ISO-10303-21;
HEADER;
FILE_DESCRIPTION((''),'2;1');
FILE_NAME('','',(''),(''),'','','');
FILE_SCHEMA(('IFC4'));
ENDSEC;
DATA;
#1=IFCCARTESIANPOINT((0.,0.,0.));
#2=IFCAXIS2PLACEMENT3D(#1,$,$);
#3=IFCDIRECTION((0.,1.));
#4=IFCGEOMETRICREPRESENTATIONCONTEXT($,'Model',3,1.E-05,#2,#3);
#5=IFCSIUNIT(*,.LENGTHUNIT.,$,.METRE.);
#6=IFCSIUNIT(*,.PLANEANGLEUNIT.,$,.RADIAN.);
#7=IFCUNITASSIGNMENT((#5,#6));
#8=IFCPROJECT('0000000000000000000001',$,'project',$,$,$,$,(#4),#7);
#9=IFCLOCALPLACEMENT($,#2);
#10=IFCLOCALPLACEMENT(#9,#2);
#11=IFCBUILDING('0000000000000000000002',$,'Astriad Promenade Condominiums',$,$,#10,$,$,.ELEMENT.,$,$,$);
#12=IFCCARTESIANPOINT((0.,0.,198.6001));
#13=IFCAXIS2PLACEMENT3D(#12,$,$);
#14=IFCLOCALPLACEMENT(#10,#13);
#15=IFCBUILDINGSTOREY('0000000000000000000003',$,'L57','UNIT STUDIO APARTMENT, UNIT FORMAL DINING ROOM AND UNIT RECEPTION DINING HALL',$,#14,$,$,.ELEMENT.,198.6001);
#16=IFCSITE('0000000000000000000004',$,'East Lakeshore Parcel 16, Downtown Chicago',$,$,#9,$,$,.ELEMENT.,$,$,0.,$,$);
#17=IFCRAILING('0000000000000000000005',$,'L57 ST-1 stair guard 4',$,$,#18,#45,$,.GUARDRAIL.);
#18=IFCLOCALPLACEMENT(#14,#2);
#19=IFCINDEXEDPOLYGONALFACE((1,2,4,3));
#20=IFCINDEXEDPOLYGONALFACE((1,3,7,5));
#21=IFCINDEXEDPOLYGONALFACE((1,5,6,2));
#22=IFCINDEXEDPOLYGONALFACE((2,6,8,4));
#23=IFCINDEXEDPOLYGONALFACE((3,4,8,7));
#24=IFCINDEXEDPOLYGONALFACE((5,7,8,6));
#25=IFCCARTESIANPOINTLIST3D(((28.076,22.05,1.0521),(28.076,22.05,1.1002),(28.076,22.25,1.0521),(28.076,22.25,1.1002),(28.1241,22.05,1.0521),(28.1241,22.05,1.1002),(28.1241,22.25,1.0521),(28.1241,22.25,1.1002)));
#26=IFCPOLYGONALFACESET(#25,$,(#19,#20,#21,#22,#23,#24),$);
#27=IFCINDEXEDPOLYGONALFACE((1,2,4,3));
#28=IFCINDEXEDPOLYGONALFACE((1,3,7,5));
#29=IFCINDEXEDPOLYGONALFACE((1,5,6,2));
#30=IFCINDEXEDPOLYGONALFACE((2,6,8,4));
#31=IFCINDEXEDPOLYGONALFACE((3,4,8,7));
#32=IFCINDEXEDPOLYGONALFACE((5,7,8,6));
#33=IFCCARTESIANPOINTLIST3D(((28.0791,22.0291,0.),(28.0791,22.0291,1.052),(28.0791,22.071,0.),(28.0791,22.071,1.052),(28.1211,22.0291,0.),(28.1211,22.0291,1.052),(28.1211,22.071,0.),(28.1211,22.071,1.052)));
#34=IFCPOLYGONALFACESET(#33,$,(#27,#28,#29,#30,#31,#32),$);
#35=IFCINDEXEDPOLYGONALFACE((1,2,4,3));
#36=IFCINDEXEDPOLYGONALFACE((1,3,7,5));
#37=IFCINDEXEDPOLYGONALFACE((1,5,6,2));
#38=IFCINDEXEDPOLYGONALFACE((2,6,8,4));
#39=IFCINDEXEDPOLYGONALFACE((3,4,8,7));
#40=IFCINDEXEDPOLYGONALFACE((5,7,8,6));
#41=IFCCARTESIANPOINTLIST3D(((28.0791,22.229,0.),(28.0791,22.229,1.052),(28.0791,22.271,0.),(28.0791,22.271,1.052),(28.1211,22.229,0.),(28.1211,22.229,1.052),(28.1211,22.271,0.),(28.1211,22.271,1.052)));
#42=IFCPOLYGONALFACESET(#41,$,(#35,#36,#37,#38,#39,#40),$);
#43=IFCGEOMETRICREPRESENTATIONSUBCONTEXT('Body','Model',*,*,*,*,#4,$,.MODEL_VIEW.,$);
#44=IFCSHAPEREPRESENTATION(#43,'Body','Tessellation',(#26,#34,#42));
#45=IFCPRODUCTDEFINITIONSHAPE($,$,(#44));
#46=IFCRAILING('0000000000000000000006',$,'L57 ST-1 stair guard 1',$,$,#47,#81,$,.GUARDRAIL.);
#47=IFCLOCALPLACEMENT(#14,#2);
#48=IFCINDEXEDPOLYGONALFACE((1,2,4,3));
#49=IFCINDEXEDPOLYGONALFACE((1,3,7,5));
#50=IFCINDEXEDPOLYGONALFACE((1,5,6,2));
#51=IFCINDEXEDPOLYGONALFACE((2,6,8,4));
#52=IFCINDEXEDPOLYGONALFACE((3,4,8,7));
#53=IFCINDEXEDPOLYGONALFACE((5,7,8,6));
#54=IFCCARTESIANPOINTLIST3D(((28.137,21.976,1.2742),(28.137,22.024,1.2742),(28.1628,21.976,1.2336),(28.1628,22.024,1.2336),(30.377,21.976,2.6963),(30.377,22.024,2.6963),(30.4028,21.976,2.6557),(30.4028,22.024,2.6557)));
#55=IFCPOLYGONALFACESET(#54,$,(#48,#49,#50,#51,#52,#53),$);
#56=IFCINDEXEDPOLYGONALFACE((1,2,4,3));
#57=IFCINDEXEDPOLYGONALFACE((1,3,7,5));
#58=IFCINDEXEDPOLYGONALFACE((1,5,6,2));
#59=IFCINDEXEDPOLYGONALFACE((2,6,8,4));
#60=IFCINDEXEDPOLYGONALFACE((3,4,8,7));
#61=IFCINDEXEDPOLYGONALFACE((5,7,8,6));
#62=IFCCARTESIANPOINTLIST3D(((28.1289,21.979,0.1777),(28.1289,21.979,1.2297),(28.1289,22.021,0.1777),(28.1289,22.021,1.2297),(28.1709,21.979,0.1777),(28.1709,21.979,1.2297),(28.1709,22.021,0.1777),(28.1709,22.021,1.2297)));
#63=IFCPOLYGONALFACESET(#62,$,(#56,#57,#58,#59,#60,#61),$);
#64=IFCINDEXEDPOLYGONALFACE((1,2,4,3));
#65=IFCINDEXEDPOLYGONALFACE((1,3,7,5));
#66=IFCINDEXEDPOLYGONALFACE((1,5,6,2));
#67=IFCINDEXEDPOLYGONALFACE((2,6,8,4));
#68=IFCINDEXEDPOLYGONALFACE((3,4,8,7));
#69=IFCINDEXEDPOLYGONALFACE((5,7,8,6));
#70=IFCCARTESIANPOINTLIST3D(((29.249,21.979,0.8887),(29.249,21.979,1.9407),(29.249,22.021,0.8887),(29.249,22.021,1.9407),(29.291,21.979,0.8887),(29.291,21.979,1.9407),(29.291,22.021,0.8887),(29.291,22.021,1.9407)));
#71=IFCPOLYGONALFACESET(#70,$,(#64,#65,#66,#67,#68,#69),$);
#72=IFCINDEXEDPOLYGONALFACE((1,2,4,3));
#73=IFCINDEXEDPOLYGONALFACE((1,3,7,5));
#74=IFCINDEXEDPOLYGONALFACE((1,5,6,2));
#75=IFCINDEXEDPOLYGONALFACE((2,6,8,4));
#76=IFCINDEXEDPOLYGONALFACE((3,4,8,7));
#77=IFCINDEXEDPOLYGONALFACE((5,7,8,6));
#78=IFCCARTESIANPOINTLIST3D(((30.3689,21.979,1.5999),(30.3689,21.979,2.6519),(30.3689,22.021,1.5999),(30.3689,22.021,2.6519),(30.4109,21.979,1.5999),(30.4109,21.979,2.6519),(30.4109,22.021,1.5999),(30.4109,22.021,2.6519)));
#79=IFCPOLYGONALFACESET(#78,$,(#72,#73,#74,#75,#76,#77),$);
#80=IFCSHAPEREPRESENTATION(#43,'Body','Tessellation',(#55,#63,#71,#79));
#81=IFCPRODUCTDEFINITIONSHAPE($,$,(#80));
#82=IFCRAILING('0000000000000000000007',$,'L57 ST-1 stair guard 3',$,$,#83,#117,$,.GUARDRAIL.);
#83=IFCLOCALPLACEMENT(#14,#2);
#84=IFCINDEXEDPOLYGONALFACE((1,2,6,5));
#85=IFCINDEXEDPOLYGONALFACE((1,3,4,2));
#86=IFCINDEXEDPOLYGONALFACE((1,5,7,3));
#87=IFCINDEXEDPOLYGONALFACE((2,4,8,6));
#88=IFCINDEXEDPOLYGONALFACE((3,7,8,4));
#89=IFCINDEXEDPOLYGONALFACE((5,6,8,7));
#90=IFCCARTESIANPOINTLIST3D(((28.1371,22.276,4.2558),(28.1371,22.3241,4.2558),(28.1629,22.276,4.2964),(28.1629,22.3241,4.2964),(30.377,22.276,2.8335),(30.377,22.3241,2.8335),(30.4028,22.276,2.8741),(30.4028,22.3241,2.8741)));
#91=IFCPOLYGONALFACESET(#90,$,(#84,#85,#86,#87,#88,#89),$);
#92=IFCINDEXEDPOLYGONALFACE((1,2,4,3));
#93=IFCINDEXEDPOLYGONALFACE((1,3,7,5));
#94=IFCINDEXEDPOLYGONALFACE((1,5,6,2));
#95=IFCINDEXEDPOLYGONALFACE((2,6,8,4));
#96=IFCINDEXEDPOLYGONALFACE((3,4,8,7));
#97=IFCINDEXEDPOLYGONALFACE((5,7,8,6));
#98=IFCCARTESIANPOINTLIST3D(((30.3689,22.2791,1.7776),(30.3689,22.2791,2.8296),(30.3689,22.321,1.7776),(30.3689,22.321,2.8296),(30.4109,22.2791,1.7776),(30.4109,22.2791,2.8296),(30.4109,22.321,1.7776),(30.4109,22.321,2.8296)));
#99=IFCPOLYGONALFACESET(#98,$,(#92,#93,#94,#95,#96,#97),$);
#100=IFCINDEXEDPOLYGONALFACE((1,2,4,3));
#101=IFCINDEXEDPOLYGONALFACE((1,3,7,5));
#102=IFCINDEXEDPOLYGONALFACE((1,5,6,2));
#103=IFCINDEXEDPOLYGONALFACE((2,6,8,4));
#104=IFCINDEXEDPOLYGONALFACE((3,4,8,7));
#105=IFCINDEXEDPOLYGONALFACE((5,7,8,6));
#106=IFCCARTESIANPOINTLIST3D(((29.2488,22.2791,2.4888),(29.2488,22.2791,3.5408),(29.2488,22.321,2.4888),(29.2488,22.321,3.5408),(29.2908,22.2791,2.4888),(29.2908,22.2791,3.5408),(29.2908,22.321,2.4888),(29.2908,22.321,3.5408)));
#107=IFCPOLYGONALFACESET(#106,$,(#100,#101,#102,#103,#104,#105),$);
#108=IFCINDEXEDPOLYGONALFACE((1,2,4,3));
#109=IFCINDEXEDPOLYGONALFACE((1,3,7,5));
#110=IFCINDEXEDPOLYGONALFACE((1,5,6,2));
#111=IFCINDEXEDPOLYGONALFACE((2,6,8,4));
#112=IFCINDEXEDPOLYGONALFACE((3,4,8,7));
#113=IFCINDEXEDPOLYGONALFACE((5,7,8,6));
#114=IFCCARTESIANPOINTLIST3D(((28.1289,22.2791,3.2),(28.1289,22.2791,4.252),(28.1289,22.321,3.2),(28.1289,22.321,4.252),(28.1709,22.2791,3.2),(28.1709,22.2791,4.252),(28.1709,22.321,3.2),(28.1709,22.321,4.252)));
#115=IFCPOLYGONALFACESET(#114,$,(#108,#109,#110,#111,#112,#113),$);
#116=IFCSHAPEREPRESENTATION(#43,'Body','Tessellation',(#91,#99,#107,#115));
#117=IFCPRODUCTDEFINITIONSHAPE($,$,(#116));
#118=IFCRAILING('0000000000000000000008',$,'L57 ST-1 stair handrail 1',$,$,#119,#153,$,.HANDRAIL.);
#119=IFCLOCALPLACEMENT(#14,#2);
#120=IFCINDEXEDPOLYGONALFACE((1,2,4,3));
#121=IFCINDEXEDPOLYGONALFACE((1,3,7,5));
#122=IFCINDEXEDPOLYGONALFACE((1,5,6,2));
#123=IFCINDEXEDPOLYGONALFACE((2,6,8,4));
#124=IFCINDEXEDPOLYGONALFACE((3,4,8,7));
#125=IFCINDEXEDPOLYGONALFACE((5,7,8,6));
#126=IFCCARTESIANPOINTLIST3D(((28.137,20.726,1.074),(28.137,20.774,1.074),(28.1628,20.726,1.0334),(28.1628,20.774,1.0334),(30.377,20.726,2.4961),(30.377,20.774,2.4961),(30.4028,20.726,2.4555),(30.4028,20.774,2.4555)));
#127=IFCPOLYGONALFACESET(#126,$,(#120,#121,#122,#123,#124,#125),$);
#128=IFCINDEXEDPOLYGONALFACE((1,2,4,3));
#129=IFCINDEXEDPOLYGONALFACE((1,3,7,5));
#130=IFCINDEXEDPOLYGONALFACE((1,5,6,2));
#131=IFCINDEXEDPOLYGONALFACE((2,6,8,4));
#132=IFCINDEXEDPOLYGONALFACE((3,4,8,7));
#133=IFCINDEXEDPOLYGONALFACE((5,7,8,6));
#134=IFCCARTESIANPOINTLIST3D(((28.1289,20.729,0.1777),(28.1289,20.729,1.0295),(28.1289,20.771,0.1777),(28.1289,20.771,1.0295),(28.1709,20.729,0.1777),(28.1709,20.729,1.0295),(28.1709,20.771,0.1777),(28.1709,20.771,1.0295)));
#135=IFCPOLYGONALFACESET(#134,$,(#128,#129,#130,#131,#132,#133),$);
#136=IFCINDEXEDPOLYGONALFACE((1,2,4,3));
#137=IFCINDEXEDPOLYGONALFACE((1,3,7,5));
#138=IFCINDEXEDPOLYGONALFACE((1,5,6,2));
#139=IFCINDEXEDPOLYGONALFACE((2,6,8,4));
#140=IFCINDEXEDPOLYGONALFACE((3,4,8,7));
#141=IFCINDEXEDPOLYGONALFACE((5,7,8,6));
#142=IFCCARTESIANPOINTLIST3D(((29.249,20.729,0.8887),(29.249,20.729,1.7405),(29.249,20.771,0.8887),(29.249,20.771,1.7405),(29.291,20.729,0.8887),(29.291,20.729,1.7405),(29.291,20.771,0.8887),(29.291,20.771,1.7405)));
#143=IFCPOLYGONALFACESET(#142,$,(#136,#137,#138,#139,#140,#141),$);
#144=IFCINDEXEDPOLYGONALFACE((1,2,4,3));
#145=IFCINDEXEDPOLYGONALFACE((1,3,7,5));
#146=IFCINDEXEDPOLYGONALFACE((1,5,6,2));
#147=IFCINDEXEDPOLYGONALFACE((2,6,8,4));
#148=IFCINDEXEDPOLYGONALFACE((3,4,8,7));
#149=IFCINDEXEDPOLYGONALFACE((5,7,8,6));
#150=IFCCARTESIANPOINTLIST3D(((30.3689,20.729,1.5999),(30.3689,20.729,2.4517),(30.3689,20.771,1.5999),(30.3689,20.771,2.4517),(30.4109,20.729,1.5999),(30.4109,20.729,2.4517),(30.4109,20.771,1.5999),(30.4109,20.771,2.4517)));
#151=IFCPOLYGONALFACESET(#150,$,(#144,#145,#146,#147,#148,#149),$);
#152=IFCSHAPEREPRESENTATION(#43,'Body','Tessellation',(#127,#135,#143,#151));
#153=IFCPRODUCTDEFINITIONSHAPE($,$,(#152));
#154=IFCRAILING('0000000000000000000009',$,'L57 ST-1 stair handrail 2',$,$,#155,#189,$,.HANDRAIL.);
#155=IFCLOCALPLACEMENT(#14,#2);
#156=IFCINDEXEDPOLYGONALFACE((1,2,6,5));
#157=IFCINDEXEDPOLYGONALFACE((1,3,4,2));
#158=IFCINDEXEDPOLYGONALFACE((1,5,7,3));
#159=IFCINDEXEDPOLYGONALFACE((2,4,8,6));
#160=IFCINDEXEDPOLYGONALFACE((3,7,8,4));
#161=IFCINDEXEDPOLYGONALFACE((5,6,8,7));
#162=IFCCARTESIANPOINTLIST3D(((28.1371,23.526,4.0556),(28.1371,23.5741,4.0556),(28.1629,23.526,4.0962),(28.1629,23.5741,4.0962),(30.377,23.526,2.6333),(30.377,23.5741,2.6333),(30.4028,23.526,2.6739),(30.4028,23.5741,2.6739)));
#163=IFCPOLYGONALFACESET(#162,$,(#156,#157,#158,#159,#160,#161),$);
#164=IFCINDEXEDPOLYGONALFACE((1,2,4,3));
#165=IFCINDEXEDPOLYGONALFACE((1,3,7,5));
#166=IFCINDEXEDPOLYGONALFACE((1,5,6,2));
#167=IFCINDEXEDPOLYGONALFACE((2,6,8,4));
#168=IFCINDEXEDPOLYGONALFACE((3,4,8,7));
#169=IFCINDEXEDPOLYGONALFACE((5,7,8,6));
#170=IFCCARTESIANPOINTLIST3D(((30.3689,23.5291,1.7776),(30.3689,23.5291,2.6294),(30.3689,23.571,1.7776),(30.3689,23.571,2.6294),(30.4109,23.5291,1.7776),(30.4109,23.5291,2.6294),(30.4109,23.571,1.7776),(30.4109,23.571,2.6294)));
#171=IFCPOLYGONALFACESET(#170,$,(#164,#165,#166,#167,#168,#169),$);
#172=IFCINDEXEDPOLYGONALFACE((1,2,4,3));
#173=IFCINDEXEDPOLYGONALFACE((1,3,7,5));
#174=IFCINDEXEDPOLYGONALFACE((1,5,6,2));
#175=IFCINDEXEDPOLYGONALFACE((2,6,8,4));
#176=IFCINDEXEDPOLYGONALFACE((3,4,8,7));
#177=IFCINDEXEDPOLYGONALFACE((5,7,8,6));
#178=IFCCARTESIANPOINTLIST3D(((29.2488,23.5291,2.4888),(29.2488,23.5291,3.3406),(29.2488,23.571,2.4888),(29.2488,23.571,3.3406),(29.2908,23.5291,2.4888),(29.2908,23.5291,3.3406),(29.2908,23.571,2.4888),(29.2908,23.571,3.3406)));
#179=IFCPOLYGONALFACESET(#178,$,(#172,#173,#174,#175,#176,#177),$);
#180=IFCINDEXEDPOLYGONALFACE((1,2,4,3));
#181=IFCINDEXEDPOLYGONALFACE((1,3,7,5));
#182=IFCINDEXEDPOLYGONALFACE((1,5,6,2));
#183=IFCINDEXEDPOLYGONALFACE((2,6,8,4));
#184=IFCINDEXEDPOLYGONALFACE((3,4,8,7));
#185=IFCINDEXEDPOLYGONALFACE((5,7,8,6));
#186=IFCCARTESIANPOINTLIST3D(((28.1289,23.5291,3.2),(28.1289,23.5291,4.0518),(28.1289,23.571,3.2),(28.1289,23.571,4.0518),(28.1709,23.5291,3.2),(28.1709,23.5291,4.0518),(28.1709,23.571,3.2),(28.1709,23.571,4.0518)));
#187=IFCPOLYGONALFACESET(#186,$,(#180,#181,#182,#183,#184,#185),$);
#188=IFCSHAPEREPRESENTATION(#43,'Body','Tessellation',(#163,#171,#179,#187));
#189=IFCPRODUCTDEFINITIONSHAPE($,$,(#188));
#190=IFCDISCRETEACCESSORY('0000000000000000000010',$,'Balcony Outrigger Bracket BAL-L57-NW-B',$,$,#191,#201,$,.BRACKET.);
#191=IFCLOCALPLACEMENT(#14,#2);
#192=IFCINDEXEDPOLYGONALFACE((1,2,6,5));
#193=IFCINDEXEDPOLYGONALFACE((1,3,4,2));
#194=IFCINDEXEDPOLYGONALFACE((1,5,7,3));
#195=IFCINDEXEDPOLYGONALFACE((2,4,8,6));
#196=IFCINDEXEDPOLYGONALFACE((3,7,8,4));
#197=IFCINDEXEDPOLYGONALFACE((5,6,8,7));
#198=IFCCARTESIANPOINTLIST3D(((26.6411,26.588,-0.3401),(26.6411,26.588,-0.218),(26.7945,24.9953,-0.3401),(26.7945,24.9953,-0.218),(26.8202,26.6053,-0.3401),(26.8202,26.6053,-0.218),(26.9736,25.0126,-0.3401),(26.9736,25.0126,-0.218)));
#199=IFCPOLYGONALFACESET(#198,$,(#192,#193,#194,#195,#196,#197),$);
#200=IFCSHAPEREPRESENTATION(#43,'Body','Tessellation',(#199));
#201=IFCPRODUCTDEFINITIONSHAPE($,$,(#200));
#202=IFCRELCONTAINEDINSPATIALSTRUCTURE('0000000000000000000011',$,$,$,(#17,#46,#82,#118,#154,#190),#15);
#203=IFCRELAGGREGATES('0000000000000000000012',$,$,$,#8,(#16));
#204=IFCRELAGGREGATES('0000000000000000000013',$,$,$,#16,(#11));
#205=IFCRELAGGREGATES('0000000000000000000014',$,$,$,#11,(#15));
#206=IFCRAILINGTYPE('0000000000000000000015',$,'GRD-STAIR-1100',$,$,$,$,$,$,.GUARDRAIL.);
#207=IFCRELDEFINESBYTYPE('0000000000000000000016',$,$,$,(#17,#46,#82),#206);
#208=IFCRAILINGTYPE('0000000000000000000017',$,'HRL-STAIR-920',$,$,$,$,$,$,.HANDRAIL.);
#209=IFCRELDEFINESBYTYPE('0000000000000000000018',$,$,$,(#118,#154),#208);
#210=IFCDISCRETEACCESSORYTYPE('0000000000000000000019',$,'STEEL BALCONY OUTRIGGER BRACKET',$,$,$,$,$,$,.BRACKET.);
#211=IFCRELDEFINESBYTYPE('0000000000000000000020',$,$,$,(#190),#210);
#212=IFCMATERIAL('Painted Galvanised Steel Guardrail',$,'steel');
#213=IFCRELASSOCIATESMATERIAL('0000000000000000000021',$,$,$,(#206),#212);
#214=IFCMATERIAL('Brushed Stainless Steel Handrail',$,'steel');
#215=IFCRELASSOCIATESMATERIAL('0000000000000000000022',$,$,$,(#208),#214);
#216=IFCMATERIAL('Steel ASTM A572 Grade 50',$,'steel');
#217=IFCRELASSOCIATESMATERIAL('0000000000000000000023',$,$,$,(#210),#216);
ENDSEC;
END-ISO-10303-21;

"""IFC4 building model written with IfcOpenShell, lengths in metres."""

from ifc_helpers import new_model, si_unit, direction, frame, origin, origin_2d, place, context, subcontext, project, spatial, rectangle, extrude, source, transform, mapped, material, type_object, type_shapes, element, save


model = new_model("IFC4")

# Units and contexts
model_context = context("Model", 3, precision=1e-05, world=origin(), true_north=direction((0.0, 1.0)))
body_context = subcontext(model_context, "Body", "Model", "MODEL_VIEW")
ifc_project = project(units=[si_unit("LENGTHUNIT", "METRE"), si_unit("PLANEANGLEUNIT", "RADIAN")], contexts=[model_context])

# Site, building, storey
site_placement = place(None, origin())
site = spatial("IfcSite", under=ifc_project, at=site_placement, Name="East Lakeshore Parcel 16, Downtown Chicago", CompositionType="ELEMENT", RefElevation=0.0)
building_placement = place(site_placement, origin())
building = spatial("IfcBuilding", under=site, at=building_placement, Name="Astriad Promenade Condominiums", CompositionType="ELEMENT")
storey_placement = place(building_placement, frame((0.0, 0.0, 198.6001)))
storey = spatial("IfcBuildingStorey", under=building, at=storey_placement, Name="L57", Description="UNIT STUDIO APARTMENT, UNIT FORMAL DINING ROOM AND UNIT RECEPTION DINING HALL", CompositionType="ELEMENT", Elevation=198.6001)

# Railings
ifc_material_1 = material(Name="Painted Galvanised Steel Guardrail", Category="steel")
railing_type_1 = type_object("IfcRailingType", Name="GRD-STAIR-1100", PredefinedType="GUARDRAIL", material=ifc_material_1)
shared_shape_1 = source(origin(), body_context, "Body", "SweptSolid", [
    extrude(rectangle(XDim=0.0481, YDim=0.0481, at=origin_2d()), frame((0.0, 0.0, 1.0762), z_axis=(0.0, 1.0, 0.0), x_axis=(-1.0, 0.0, 0.0)), (0.0, 0.0, 1.0), 0.2),
    extrude(rectangle(XDim=0.042, YDim=0.042, at=origin_2d()), origin(), (0.0, 0.0, 1.0), 1.052),
    extrude(rectangle(XDim=0.042, YDim=0.042, at=origin_2d()), frame((0.0, 0.2, 0.0)), (0.0, 0.0, 1.0), 1.052),
])
railing_1_placement = place(storey_placement, frame((28.1001, 22.05, 0.0)))
element("IfcRailing", 1, at=railing_1_placement, inside=storey, type_object=railing_type_1, Name="L57 ST-1 stair guard 4", PredefinedType="GUARDRAIL", context=body_context, shape_type="MappedRepresentation", body=[
    mapped(shared_shape_1, transform((0.0, 0.0, 0.0), scale=1.0)),
])
shared_shape_2 = source(origin(), body_context, "Body", "SweptSolid", [
    extrude(rectangle(XDim=0.0481, YDim=0.0481, at=origin_2d()), frame((0.0, 0.0, 1.0762), z_axis=(0.844229, 0.0, 0.535982), x_axis=(0.0, 1.0, 0.0)), (0.0, 0.0, 1.0), 2.6533),
    extrude(rectangle(XDim=0.042, YDim=0.042, at=origin_2d()), origin(), (0.0, 0.0, 1.0), 1.052),
    extrude(rectangle(XDim=0.042, YDim=0.042, at=origin_2d()), frame((1.1201, 0.0, 0.7109)), (0.0, 0.0, 1.0), 1.052),
    extrude(rectangle(XDim=0.042, YDim=0.042, at=origin_2d()), frame((2.24, 0.0, 1.4221)), (0.0, 0.0, 1.0), 1.052),
])
railing_2_placement = place(storey_placement, frame((28.1499, 22.0, 0.1777)))
element("IfcRailing", 2, at=railing_2_placement, inside=storey, type_object=railing_type_1, Name="L57 ST-1 stair guard 1", PredefinedType="GUARDRAIL", context=body_context, shape_type="MappedRepresentation", body=[
    mapped(shared_shape_2, transform((0.0, 0.0, 0.0), scale=1.0)),
])
shared_shape_3 = source(origin(), body_context, "Body", "SweptSolid", [
    extrude(rectangle(XDim=0.0481, YDim=0.0481, at=origin_2d()), frame((0.0, 0.0, 1.0762), z_axis=(-0.844188, 0.0, 0.536048), x_axis=(0.0, -1.0, 0.0)), (0.0, 0.0, 1.0), 2.6533),
    extrude(rectangle(XDim=0.042, YDim=0.042, at=origin_2d()), origin(), (0.0, 0.0, 1.0), 1.052),
    extrude(rectangle(XDim=0.042, YDim=0.042, at=origin_2d()), frame((-1.1201, 0.0, 0.7112)), (0.0, 0.0, 1.0), 1.052),
    extrude(rectangle(XDim=0.042, YDim=0.042, at=origin_2d()), frame((-2.24, 0.0, 1.4224)), (0.0, 0.0, 1.0), 1.052),
])
type_shapes(railing_type_1, [shared_shape_1, shared_shape_2, shared_shape_3])
railing_3_placement = place(storey_placement, frame((30.3899, 22.3, 1.7776)))
element("IfcRailing", 3, at=railing_3_placement, inside=storey, type_object=railing_type_1, Name="L57 ST-1 stair guard 3", PredefinedType="GUARDRAIL", context=body_context, shape_type="MappedRepresentation", body=[
    mapped(shared_shape_3, transform((0.0, 0.0, 0.0), scale=1.0)),
])
ifc_material_2 = material(Name="Brushed Stainless Steel Handrail", Category="steel")
railing_type_2 = type_object("IfcRailingType", Name="HRL-STAIR-920", PredefinedType="HANDRAIL", material=ifc_material_2)
shared_shape_4 = source(origin(), body_context, "Body", "SweptSolid", [
    extrude(rectangle(XDim=0.0481, YDim=0.0481, at=origin_2d()), frame((0.0, 0.0, 0.876), z_axis=(0.844229, 0.0, 0.535982), x_axis=(0.0, 1.0, 0.0)), (0.0, 0.0, 1.0), 2.6533),
    extrude(rectangle(XDim=0.042, YDim=0.042, at=origin_2d()), origin(), (0.0, 0.0, 1.0), 0.8518),
    extrude(rectangle(XDim=0.042, YDim=0.042, at=origin_2d()), frame((1.1201, 0.0, 0.7109)), (0.0, 0.0, 1.0), 0.8518),
    extrude(rectangle(XDim=0.042, YDim=0.042, at=origin_2d()), frame((2.24, 0.0, 1.4221)), (0.0, 0.0, 1.0), 0.8518),
])
railing_4_placement = place(storey_placement, frame((28.1499, 20.75, 0.1777)))
element("IfcRailing", 4, at=railing_4_placement, inside=storey, type_object=railing_type_2, Name="L57 ST-1 stair handrail 1", PredefinedType="HANDRAIL", context=body_context, shape_type="MappedRepresentation", body=[
    mapped(shared_shape_4, transform((0.0, 0.0, 0.0), scale=1.0)),
])
shared_shape_5 = source(origin(), body_context, "Body", "SweptSolid", [
    extrude(rectangle(XDim=0.0481, YDim=0.0481, at=origin_2d()), frame((0.0, 0.0, 0.876), z_axis=(-0.844188, 0.0, 0.536048), x_axis=(0.0, -1.0, 0.0)), (0.0, 0.0, 1.0), 2.6533),
    extrude(rectangle(XDim=0.042, YDim=0.042, at=origin_2d()), origin(), (0.0, 0.0, 1.0), 0.8518),
    extrude(rectangle(XDim=0.042, YDim=0.042, at=origin_2d()), frame((-1.1201, 0.0, 0.7112)), (0.0, 0.0, 1.0), 0.8518),
    extrude(rectangle(XDim=0.042, YDim=0.042, at=origin_2d()), frame((-2.24, 0.0, 1.4224)), (0.0, 0.0, 1.0), 0.8518),
])
type_shapes(railing_type_2, [shared_shape_4, shared_shape_5])
railing_5_placement = place(storey_placement, frame((30.3899, 23.55, 1.7776)))
element("IfcRailing", 5, at=railing_5_placement, inside=storey, type_object=railing_type_2, Name="L57 ST-1 stair handrail 2", PredefinedType="HANDRAIL", context=body_context, shape_type="MappedRepresentation", body=[
    mapped(shared_shape_5, transform((0.0, 0.0, 0.0), scale=1.0)),
])

# Discrete accessory
ifc_material_3 = material(Name="Steel ASTM A572 Grade 50", Category="steel")
discrete_accessory_type = type_object("IfcDiscreteAccessoryType", Name="STEEL BALCONY OUTRIGGER BRACKET", PredefinedType="BRACKET", material=ifc_material_3)
shared_shape_6 = source(origin(), body_context, "Body", "SweptSolid", [
    extrude(rectangle(XDim=1.6001, YDim=0.1799, at=origin_2d()), origin(), (0.0, 0.0, 1.0), 0.1221),
])
type_shapes(discrete_accessory_type, [shared_shape_6])
discrete_accessory_placement = place(storey_placement, frame((26.8074, 25.8003, -0.3401), z_axis=(0.0, 0.0, 1.0), x_axis=(-0.095846, 0.995396, 0.0)))
element("IfcDiscreteAccessory", 6, at=discrete_accessory_placement, inside=storey, type_object=discrete_accessory_type, Name="Balcony Outrigger Bracket BAL-L57-NW-B", PredefinedType="BRACKET", context=body_context, shape_type="MappedRepresentation", body=[
    mapped(shared_shape_6, transform((0.0, 0.0, 0.0), scale=1.0)),
])

save(model, "model.ifc")
